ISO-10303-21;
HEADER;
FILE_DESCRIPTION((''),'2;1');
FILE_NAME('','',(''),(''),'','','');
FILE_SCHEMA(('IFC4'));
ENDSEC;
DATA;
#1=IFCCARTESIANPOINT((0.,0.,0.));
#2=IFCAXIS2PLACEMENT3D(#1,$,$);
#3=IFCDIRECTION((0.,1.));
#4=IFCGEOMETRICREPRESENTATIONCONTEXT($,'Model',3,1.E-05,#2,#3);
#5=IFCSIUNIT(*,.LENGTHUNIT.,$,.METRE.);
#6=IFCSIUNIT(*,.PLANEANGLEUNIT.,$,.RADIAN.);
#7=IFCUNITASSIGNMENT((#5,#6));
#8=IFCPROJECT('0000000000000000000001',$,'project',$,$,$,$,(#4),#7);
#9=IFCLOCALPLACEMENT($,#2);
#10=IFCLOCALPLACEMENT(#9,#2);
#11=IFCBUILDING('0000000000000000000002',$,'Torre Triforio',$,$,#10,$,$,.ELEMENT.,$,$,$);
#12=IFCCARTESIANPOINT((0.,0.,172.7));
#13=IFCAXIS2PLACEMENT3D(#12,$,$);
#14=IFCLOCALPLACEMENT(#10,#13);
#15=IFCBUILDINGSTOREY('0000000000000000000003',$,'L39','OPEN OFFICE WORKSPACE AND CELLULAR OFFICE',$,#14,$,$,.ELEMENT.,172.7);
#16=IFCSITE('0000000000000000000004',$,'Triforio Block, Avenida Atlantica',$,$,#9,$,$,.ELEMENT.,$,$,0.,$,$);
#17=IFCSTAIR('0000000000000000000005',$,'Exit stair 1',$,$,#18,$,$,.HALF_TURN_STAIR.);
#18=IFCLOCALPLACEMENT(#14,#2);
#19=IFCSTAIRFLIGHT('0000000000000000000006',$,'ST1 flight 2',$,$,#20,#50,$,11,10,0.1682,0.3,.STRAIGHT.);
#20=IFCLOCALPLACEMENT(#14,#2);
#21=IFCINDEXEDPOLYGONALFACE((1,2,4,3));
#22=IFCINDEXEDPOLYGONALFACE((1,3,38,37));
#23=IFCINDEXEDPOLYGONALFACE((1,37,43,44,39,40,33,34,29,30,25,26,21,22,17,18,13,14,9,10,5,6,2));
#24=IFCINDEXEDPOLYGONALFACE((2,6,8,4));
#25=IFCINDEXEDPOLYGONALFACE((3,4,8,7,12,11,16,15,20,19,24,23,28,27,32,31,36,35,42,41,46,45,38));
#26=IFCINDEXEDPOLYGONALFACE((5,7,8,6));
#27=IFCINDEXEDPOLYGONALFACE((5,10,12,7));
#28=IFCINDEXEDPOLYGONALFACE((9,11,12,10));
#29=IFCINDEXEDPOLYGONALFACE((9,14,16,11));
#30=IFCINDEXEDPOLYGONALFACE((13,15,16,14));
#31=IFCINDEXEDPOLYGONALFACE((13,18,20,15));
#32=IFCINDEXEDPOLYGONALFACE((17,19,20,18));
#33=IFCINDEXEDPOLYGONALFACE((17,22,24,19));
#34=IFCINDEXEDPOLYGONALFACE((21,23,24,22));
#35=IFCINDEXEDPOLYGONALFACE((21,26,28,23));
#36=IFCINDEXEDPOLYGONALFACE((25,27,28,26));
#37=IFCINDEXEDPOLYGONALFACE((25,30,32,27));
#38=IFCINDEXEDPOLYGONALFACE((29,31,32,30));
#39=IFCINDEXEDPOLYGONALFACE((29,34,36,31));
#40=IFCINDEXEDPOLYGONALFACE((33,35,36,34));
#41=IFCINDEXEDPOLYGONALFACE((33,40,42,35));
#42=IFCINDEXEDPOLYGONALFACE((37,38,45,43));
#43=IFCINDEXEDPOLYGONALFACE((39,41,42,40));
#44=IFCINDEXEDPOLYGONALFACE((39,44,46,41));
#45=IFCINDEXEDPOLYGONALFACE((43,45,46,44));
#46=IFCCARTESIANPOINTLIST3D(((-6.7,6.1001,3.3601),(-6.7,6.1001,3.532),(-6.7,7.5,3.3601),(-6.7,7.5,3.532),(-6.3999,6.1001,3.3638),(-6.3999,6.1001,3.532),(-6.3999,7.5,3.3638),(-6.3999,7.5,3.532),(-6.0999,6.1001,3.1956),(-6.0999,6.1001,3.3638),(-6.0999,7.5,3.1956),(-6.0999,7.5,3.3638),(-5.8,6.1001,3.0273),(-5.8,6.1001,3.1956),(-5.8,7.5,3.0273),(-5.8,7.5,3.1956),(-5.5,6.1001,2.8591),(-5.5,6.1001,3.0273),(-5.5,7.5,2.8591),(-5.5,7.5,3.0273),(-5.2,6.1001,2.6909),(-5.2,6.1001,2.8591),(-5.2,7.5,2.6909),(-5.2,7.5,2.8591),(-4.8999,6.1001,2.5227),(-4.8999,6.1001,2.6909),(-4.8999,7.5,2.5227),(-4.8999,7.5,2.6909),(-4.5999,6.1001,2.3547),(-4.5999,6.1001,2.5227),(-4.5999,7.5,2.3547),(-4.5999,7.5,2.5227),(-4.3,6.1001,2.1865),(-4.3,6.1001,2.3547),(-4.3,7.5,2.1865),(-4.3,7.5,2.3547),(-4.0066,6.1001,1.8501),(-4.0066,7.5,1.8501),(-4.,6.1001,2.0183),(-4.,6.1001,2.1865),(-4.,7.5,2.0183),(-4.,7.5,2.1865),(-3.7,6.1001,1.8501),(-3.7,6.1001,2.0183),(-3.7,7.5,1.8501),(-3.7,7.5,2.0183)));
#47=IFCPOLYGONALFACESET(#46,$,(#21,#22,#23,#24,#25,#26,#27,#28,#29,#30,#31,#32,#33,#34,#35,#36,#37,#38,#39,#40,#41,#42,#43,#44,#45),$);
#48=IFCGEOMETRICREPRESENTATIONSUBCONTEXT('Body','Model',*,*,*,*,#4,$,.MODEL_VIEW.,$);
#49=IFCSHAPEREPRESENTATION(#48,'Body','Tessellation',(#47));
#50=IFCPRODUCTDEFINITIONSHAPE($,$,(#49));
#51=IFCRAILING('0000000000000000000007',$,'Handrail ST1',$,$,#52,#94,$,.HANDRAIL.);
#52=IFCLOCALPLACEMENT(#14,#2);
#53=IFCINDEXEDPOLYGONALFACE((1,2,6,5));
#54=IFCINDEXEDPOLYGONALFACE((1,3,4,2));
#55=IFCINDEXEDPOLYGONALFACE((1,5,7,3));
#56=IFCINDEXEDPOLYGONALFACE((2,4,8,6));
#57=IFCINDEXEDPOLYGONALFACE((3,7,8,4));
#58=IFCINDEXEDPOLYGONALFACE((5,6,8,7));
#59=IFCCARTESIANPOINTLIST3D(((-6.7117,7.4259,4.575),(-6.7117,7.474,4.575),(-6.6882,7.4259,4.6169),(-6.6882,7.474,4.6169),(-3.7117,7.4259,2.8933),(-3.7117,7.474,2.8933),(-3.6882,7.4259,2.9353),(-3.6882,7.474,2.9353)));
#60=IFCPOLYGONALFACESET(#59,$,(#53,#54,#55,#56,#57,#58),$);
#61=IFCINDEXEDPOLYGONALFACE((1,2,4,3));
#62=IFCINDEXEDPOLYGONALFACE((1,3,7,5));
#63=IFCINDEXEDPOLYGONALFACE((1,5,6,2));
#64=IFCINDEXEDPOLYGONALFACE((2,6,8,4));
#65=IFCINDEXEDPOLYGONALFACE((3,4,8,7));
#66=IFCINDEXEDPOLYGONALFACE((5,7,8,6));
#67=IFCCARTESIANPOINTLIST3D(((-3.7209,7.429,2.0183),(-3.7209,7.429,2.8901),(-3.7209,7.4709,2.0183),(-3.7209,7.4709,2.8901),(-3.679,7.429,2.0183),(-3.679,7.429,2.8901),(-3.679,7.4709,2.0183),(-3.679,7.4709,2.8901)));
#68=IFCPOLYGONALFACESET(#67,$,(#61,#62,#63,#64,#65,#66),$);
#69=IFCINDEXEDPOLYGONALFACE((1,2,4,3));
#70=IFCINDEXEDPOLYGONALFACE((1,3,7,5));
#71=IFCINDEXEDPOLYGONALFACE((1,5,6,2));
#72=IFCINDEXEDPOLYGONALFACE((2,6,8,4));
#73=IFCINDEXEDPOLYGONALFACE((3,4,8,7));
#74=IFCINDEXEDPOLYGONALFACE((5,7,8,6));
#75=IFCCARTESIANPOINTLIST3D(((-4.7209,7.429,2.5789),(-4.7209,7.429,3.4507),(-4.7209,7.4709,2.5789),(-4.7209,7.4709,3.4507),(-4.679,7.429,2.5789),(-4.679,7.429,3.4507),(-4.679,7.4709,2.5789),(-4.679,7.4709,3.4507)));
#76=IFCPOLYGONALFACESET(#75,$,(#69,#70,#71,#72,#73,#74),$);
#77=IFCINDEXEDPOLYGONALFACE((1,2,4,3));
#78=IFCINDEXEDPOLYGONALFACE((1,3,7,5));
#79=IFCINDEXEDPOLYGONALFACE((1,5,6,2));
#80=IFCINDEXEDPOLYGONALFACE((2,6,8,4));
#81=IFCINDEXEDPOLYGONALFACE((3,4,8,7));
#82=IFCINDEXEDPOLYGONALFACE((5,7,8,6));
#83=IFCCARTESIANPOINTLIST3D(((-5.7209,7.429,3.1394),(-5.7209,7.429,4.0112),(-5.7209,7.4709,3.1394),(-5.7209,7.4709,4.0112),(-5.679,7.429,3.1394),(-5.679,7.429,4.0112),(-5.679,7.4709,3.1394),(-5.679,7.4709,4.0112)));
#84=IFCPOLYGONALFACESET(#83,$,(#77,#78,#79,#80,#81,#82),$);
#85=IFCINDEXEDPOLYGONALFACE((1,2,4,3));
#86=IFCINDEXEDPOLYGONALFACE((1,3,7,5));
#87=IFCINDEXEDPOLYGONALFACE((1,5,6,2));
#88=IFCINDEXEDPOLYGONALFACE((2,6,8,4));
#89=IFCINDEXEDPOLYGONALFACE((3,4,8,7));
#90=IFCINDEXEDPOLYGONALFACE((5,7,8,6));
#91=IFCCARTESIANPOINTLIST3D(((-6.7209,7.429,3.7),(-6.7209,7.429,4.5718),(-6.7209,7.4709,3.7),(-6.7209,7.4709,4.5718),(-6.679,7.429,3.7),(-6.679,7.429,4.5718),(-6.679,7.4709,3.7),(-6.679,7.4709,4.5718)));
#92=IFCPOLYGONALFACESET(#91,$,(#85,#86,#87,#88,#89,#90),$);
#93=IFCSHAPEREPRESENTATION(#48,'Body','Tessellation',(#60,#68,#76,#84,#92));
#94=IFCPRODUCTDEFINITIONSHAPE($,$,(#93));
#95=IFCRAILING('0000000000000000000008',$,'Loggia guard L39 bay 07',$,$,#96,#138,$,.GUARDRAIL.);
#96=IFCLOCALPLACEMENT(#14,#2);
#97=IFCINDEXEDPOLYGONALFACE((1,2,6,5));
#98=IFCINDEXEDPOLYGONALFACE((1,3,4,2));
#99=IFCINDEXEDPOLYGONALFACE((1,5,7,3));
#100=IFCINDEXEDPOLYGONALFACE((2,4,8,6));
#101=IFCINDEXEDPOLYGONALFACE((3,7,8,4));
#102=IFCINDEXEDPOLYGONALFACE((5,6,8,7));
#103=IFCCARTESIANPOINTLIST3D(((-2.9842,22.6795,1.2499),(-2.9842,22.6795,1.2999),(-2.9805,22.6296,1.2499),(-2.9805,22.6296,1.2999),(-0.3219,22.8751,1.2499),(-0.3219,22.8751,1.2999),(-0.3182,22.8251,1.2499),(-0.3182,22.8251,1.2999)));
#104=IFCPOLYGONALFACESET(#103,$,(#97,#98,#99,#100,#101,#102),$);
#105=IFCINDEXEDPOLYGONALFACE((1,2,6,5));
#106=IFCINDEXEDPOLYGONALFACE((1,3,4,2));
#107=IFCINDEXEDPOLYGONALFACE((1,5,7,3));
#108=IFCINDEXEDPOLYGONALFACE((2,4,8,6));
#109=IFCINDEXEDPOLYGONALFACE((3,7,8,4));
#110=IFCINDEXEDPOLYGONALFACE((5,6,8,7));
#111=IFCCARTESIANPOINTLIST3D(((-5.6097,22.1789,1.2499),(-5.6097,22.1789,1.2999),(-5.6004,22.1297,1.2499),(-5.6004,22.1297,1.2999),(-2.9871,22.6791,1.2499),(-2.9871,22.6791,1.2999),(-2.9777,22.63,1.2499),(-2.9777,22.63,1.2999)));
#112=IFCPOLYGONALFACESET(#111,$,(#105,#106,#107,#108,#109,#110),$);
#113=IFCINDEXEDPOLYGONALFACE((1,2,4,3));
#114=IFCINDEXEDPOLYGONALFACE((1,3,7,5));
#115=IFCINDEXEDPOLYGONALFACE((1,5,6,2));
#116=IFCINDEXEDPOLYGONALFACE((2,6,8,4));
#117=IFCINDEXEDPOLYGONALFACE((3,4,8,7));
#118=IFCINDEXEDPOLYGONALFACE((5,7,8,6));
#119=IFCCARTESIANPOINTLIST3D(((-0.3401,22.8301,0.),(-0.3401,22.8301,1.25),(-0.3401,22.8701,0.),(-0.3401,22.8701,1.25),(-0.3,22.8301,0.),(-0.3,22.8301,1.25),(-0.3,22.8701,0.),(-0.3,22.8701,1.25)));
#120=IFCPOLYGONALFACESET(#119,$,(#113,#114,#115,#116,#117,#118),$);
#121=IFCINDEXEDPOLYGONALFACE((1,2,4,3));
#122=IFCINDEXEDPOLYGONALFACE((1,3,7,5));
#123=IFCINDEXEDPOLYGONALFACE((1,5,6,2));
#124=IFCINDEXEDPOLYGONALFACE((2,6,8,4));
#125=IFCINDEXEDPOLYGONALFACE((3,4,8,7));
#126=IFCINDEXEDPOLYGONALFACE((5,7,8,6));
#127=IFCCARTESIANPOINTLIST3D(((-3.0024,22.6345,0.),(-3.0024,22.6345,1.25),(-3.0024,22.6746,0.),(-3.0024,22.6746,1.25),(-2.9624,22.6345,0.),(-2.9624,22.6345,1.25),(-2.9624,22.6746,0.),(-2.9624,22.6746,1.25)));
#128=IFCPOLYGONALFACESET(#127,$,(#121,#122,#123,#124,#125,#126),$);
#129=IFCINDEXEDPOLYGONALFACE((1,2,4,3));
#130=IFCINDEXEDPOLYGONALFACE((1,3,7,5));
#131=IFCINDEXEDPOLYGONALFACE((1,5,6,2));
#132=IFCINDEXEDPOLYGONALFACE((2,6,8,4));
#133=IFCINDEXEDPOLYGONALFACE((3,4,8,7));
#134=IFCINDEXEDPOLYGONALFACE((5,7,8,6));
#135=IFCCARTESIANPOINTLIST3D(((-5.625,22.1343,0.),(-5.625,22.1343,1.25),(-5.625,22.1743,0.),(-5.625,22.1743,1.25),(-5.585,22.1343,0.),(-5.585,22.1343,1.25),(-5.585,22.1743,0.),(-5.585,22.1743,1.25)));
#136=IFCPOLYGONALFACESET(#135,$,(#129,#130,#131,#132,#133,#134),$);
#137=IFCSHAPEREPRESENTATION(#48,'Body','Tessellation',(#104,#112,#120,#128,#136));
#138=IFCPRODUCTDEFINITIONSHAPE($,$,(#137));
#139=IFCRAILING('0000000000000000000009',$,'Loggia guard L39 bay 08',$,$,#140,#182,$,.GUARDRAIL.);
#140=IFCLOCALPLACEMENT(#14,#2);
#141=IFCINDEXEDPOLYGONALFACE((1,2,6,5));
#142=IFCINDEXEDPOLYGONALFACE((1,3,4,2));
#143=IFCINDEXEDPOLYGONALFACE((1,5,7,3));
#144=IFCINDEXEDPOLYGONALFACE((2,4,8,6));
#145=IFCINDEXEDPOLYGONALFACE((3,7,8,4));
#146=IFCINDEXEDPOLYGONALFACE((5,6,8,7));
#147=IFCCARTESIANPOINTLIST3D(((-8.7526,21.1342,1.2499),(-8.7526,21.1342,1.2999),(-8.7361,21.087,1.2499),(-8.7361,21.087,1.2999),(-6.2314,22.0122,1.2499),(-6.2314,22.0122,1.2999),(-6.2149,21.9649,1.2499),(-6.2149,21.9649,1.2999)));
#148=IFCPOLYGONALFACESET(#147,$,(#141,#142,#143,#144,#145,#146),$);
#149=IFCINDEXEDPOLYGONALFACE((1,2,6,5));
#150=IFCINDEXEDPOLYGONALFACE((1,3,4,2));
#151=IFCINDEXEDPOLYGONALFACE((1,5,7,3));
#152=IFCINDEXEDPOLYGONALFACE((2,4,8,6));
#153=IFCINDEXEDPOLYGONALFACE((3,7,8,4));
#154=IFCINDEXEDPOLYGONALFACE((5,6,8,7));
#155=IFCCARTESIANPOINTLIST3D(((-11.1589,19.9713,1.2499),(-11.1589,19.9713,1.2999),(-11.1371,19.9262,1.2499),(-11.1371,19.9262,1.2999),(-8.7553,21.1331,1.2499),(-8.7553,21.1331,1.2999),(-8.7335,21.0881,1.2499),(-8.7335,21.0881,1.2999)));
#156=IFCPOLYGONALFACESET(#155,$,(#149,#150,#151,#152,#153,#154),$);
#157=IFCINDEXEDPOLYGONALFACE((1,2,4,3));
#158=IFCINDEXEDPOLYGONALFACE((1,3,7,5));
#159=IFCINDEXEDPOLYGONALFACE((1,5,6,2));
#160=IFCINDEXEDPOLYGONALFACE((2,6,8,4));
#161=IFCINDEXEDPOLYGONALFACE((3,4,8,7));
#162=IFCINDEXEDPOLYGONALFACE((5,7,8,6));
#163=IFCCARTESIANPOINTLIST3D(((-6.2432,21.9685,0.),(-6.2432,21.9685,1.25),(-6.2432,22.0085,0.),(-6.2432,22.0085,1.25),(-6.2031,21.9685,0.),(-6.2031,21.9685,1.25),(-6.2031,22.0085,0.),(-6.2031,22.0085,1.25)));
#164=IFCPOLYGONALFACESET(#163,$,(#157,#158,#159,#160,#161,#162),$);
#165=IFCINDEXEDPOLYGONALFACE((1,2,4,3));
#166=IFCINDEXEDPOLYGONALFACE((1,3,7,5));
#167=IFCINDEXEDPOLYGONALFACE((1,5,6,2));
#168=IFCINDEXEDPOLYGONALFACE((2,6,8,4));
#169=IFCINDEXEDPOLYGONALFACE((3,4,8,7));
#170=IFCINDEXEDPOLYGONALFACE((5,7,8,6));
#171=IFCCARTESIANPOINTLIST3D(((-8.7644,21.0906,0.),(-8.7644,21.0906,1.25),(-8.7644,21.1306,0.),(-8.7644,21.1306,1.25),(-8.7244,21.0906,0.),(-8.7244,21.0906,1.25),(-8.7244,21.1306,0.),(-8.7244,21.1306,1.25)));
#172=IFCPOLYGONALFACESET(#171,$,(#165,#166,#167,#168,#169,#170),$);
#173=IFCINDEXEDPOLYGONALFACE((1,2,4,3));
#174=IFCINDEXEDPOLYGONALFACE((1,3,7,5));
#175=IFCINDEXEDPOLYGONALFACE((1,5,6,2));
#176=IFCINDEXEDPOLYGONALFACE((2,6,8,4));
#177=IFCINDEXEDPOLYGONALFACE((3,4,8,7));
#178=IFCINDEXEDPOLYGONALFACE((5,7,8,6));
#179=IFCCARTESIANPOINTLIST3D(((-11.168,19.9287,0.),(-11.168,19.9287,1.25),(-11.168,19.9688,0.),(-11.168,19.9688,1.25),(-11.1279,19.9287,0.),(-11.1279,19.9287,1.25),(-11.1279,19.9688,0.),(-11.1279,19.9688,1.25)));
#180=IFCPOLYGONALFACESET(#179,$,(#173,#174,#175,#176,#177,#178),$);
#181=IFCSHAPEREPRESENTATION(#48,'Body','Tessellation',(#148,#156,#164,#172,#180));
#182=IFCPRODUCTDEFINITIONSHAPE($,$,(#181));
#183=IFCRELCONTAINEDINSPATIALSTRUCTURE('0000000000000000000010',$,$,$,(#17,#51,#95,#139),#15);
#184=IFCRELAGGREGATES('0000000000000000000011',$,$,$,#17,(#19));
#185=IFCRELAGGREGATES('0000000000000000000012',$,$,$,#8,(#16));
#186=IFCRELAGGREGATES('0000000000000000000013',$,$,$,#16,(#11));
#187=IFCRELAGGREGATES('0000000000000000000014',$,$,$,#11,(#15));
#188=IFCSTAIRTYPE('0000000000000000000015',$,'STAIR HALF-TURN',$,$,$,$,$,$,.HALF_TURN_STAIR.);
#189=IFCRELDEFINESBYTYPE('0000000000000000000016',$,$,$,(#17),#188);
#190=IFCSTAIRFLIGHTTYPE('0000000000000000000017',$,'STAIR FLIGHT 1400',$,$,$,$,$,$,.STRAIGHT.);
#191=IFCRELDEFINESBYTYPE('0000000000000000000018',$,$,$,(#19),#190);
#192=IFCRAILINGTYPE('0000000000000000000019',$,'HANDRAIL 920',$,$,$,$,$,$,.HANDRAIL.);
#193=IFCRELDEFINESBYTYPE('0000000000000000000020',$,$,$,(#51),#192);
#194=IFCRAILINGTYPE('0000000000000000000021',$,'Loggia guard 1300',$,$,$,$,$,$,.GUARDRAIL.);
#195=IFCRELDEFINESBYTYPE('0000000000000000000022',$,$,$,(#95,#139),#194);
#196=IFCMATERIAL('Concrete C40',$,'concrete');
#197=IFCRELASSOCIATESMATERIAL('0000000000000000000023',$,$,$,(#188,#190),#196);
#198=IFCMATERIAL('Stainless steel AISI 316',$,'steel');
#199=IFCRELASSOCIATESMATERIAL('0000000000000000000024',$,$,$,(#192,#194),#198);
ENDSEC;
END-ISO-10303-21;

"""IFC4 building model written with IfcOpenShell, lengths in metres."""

from ifc_helpers import new_model, si_unit, direction, frame, origin, origin_2d, place, context, subcontext, project, spatial, polyline, rectangle, outline, extrude, material, type_object, element, aggregate, save


model = new_model("IFC4")

# Units and contexts
model_context = context("Model", 3, precision=1e-05, world=origin(), true_north=direction((0.0, 1.0)))
body_context = subcontext(model_context, "Body", "Model", "MODEL_VIEW")
ifc_project = project(units=[si_unit("LENGTHUNIT", "METRE"), si_unit("PLANEANGLEUNIT", "RADIAN")], contexts=[model_context])

# Site, building, storey
site_placement = place(None, origin())
site = spatial("IfcSite", under=ifc_project, at=site_placement, Name="Triforio Block, Avenida Atlantica", CompositionType="ELEMENT", RefElevation=0.0)
building_placement = place(site_placement, origin())
building = spatial("IfcBuilding", under=site, at=building_placement, Name="Torre Triforio", CompositionType="ELEMENT")
storey_placement = place(building_placement, frame((0.0, 0.0, 172.7)))
storey = spatial("IfcBuildingStorey", under=building, at=storey_placement, Name="L39", Description="OPEN OFFICE WORKSPACE AND CELLULAR OFFICE", CompositionType="ELEMENT", Elevation=172.7)

# Shared definitions
ifc_material_1 = material(Name="Concrete C40", Category="concrete")

# Stair, stair flight
stair_type = type_object("IfcStairType", Name="STAIR HALF-TURN", PredefinedType="HALF_TURN_STAIR", material=ifc_material_1)
stair_placement = place(storey_placement, origin())
stair = element("IfcStair", 1, at=stair_placement, inside=storey, type_object=stair_type, Name="Exit stair 1", PredefinedType="HALF_TURN_STAIR")
stair_flight_type = type_object("IfcStairFlightType", Name="STAIR FLIGHT 1400", PredefinedType="STRAIGHT", material=ifc_material_1)
stair_flight_placement = place(storey_placement, frame((-3.7, 6.8, 1.8501), z_axis=(0.0, 0.0, 1.0), x_axis=(-1.0, 0.0, 0.0)))
stair_flight = element("IfcStairFlight", 2, at=stair_flight_placement, type_object=stair_flight_type, Name="ST1 flight 2", NumberOfRisers=11, NumberOfTreads=10, PredefinedType="STRAIGHT", RiserHeight=0.1682, TreadLength=0.3, context=body_context, shape_type="SweptSolid", body=[
    extrude(outline(polyline([(0.0, 0.0), (0.0, 0.1682), (0.3, 0.1682), (0.3, 0.3364), (0.6001, 0.3364), (0.6001, 0.5046), (0.8999, 0.5046), (0.8999, 0.6726), (1.2, 0.6726), (1.2, 0.8408), (1.5, 0.8408), (1.5, 1.009), (1.8, 1.009), (1.8, 1.1772), (2.1001, 1.1772), (2.1001, 1.3455), (2.3999, 1.3455), (2.3999, 1.5137), (2.7, 1.5137), (2.7, 1.6819), (3.0, 1.6819), (3.0, 1.8501), (3.0, 1.51), (0.3066, 0.0), (0.0, 0.0)])), frame((0.0, 0.7, 0.0), z_axis=(0.0, -1.0, 0.0), x_axis=(1.0, 0.0, 0.0)), (0.0, 0.0, 1.0), 1.3999),
])
aggregate(stair, [stair_flight])

# Railings
ifc_material_2 = material(Name="Stainless steel AISI 316", Category="steel")
railing_type_1 = type_object("IfcRailingType", Name="HANDRAIL 920", PredefinedType="HANDRAIL", material=ifc_material_2)
railing_1_placement = place(storey_placement, frame((-3.7, 7.45, 2.0183)))
element("IfcRailing", 3, at=railing_1_placement, inside=storey, type_object=railing_type_1, Name="Handrail ST1", PredefinedType="HANDRAIL", context=body_context, shape_type="SweptSolid", body=[
    extrude(rectangle(XDim=0.0481, YDim=0.0481, at=origin_2d()), frame((0.0, 0.0, 0.896), z_axis=(-0.872303, 0.0, 0.488966), x_axis=(0.0, -1.0, 0.0)), (0.0, 0.0, 1.0), 3.4392),
    extrude(rectangle(XDim=0.042, YDim=0.042, at=origin_2d()), origin(), (0.0, 0.0, 1.0), 0.8718),
    extrude(rectangle(XDim=0.042, YDim=0.042, at=origin_2d()), frame((-1.0, 0.0, 0.5605)), (0.0, 0.0, 1.0), 0.8718),
    extrude(rectangle(XDim=0.042, YDim=0.042, at=origin_2d()), frame((-2.0, 0.0, 1.1211)), (0.0, 0.0, 1.0), 0.8718),
    extrude(rectangle(XDim=0.042, YDim=0.042, at=origin_2d()), frame((-3.0, 0.0, 1.6816)), (0.0, 0.0, 1.0), 0.8718),
])
railing_type_2 = type_object("IfcRailingType", Name="Loggia guard 1300", PredefinedType="GUARDRAIL", material=ifc_material_2)
railing_2_placement = place(storey_placement, frame((-0.3201, 22.8501, 0.0)))
element("IfcRailing", 4, at=railing_2_placement, inside=storey, type_object=railing_type_2, Name="Loggia guard L39 bay 07", PredefinedType="GUARDRAIL", context=body_context, shape_type="SweptSolid", body=[
    extrude(rectangle(XDim=0.05, YDim=0.05, at=origin_2d()), frame((0.0, 0.0, 1.2749), z_axis=(-0.997313, -0.073255, 0.0), x_axis=(0.073255, -0.997313, 0.0)), (0.0, 0.0, 1.0), 2.6694),
    extrude(rectangle(XDim=0.05, YDim=0.05, at=origin_2d()), frame((-2.6624, -0.1956, 1.2749), z_axis=(-0.98229, -0.187368, 0.0), x_axis=(0.187368, -0.98229, 0.0)), (0.0, 0.0, 1.0), 2.6699),
    extrude(rectangle(XDim=0.04, YDim=0.04, at=origin_2d()), origin(), (0.0, 0.0, 1.0), 1.25),
    extrude(rectangle(XDim=0.04, YDim=0.04, at=origin_2d()), frame((-2.6624, -0.1956, 0.0)), (0.0, 0.0, 1.0), 1.25),
    extrude(rectangle(XDim=0.04, YDim=0.04, at=origin_2d()), frame((-5.2849, -0.6958, 0.0)), (0.0, 0.0, 1.0), 1.25),
])
railing_3_placement = place(storey_placement, frame((-6.2231, 21.9885, 0.0)))
element("IfcRailing", 5, at=railing_3_placement, inside=storey, type_object=railing_type_2, Name="Loggia guard L39 bay 08", PredefinedType="GUARDRAIL", context=body_context, shape_type="SweptSolid", body=[
    extrude(rectangle(XDim=0.05, YDim=0.05, at=origin_2d()), frame((0.0, 0.0, 1.2749), z_axis=(-0.944383, -0.328847, 0.0), x_axis=(0.328847, -0.944383, 0.0)), (0.0, 0.0, 1.0), 2.6697),
    extrude(rectangle(XDim=0.05, YDim=0.05, at=origin_2d()), frame((-2.5212, -0.8779, 1.2749), z_axis=(-0.900328, -0.435212, 0.0), x_axis=(0.435212, -0.900328, 0.0)), (0.0, 0.0, 1.0), 2.6697),
    extrude(rectangle(XDim=0.04, YDim=0.04, at=origin_2d()), origin(), (0.0, 0.0, 1.0), 1.25),
    extrude(rectangle(XDim=0.04, YDim=0.04, at=origin_2d()), frame((-2.5212, -0.8779, 0.0)), (0.0, 0.0, 1.0), 1.25),
    extrude(rectangle(XDim=0.04, YDim=0.04, at=origin_2d()), frame((-4.9248, -2.0398, 0.0)), (0.0, 0.0, 1.0), 1.25),
])

save(model, "model.ifc")
